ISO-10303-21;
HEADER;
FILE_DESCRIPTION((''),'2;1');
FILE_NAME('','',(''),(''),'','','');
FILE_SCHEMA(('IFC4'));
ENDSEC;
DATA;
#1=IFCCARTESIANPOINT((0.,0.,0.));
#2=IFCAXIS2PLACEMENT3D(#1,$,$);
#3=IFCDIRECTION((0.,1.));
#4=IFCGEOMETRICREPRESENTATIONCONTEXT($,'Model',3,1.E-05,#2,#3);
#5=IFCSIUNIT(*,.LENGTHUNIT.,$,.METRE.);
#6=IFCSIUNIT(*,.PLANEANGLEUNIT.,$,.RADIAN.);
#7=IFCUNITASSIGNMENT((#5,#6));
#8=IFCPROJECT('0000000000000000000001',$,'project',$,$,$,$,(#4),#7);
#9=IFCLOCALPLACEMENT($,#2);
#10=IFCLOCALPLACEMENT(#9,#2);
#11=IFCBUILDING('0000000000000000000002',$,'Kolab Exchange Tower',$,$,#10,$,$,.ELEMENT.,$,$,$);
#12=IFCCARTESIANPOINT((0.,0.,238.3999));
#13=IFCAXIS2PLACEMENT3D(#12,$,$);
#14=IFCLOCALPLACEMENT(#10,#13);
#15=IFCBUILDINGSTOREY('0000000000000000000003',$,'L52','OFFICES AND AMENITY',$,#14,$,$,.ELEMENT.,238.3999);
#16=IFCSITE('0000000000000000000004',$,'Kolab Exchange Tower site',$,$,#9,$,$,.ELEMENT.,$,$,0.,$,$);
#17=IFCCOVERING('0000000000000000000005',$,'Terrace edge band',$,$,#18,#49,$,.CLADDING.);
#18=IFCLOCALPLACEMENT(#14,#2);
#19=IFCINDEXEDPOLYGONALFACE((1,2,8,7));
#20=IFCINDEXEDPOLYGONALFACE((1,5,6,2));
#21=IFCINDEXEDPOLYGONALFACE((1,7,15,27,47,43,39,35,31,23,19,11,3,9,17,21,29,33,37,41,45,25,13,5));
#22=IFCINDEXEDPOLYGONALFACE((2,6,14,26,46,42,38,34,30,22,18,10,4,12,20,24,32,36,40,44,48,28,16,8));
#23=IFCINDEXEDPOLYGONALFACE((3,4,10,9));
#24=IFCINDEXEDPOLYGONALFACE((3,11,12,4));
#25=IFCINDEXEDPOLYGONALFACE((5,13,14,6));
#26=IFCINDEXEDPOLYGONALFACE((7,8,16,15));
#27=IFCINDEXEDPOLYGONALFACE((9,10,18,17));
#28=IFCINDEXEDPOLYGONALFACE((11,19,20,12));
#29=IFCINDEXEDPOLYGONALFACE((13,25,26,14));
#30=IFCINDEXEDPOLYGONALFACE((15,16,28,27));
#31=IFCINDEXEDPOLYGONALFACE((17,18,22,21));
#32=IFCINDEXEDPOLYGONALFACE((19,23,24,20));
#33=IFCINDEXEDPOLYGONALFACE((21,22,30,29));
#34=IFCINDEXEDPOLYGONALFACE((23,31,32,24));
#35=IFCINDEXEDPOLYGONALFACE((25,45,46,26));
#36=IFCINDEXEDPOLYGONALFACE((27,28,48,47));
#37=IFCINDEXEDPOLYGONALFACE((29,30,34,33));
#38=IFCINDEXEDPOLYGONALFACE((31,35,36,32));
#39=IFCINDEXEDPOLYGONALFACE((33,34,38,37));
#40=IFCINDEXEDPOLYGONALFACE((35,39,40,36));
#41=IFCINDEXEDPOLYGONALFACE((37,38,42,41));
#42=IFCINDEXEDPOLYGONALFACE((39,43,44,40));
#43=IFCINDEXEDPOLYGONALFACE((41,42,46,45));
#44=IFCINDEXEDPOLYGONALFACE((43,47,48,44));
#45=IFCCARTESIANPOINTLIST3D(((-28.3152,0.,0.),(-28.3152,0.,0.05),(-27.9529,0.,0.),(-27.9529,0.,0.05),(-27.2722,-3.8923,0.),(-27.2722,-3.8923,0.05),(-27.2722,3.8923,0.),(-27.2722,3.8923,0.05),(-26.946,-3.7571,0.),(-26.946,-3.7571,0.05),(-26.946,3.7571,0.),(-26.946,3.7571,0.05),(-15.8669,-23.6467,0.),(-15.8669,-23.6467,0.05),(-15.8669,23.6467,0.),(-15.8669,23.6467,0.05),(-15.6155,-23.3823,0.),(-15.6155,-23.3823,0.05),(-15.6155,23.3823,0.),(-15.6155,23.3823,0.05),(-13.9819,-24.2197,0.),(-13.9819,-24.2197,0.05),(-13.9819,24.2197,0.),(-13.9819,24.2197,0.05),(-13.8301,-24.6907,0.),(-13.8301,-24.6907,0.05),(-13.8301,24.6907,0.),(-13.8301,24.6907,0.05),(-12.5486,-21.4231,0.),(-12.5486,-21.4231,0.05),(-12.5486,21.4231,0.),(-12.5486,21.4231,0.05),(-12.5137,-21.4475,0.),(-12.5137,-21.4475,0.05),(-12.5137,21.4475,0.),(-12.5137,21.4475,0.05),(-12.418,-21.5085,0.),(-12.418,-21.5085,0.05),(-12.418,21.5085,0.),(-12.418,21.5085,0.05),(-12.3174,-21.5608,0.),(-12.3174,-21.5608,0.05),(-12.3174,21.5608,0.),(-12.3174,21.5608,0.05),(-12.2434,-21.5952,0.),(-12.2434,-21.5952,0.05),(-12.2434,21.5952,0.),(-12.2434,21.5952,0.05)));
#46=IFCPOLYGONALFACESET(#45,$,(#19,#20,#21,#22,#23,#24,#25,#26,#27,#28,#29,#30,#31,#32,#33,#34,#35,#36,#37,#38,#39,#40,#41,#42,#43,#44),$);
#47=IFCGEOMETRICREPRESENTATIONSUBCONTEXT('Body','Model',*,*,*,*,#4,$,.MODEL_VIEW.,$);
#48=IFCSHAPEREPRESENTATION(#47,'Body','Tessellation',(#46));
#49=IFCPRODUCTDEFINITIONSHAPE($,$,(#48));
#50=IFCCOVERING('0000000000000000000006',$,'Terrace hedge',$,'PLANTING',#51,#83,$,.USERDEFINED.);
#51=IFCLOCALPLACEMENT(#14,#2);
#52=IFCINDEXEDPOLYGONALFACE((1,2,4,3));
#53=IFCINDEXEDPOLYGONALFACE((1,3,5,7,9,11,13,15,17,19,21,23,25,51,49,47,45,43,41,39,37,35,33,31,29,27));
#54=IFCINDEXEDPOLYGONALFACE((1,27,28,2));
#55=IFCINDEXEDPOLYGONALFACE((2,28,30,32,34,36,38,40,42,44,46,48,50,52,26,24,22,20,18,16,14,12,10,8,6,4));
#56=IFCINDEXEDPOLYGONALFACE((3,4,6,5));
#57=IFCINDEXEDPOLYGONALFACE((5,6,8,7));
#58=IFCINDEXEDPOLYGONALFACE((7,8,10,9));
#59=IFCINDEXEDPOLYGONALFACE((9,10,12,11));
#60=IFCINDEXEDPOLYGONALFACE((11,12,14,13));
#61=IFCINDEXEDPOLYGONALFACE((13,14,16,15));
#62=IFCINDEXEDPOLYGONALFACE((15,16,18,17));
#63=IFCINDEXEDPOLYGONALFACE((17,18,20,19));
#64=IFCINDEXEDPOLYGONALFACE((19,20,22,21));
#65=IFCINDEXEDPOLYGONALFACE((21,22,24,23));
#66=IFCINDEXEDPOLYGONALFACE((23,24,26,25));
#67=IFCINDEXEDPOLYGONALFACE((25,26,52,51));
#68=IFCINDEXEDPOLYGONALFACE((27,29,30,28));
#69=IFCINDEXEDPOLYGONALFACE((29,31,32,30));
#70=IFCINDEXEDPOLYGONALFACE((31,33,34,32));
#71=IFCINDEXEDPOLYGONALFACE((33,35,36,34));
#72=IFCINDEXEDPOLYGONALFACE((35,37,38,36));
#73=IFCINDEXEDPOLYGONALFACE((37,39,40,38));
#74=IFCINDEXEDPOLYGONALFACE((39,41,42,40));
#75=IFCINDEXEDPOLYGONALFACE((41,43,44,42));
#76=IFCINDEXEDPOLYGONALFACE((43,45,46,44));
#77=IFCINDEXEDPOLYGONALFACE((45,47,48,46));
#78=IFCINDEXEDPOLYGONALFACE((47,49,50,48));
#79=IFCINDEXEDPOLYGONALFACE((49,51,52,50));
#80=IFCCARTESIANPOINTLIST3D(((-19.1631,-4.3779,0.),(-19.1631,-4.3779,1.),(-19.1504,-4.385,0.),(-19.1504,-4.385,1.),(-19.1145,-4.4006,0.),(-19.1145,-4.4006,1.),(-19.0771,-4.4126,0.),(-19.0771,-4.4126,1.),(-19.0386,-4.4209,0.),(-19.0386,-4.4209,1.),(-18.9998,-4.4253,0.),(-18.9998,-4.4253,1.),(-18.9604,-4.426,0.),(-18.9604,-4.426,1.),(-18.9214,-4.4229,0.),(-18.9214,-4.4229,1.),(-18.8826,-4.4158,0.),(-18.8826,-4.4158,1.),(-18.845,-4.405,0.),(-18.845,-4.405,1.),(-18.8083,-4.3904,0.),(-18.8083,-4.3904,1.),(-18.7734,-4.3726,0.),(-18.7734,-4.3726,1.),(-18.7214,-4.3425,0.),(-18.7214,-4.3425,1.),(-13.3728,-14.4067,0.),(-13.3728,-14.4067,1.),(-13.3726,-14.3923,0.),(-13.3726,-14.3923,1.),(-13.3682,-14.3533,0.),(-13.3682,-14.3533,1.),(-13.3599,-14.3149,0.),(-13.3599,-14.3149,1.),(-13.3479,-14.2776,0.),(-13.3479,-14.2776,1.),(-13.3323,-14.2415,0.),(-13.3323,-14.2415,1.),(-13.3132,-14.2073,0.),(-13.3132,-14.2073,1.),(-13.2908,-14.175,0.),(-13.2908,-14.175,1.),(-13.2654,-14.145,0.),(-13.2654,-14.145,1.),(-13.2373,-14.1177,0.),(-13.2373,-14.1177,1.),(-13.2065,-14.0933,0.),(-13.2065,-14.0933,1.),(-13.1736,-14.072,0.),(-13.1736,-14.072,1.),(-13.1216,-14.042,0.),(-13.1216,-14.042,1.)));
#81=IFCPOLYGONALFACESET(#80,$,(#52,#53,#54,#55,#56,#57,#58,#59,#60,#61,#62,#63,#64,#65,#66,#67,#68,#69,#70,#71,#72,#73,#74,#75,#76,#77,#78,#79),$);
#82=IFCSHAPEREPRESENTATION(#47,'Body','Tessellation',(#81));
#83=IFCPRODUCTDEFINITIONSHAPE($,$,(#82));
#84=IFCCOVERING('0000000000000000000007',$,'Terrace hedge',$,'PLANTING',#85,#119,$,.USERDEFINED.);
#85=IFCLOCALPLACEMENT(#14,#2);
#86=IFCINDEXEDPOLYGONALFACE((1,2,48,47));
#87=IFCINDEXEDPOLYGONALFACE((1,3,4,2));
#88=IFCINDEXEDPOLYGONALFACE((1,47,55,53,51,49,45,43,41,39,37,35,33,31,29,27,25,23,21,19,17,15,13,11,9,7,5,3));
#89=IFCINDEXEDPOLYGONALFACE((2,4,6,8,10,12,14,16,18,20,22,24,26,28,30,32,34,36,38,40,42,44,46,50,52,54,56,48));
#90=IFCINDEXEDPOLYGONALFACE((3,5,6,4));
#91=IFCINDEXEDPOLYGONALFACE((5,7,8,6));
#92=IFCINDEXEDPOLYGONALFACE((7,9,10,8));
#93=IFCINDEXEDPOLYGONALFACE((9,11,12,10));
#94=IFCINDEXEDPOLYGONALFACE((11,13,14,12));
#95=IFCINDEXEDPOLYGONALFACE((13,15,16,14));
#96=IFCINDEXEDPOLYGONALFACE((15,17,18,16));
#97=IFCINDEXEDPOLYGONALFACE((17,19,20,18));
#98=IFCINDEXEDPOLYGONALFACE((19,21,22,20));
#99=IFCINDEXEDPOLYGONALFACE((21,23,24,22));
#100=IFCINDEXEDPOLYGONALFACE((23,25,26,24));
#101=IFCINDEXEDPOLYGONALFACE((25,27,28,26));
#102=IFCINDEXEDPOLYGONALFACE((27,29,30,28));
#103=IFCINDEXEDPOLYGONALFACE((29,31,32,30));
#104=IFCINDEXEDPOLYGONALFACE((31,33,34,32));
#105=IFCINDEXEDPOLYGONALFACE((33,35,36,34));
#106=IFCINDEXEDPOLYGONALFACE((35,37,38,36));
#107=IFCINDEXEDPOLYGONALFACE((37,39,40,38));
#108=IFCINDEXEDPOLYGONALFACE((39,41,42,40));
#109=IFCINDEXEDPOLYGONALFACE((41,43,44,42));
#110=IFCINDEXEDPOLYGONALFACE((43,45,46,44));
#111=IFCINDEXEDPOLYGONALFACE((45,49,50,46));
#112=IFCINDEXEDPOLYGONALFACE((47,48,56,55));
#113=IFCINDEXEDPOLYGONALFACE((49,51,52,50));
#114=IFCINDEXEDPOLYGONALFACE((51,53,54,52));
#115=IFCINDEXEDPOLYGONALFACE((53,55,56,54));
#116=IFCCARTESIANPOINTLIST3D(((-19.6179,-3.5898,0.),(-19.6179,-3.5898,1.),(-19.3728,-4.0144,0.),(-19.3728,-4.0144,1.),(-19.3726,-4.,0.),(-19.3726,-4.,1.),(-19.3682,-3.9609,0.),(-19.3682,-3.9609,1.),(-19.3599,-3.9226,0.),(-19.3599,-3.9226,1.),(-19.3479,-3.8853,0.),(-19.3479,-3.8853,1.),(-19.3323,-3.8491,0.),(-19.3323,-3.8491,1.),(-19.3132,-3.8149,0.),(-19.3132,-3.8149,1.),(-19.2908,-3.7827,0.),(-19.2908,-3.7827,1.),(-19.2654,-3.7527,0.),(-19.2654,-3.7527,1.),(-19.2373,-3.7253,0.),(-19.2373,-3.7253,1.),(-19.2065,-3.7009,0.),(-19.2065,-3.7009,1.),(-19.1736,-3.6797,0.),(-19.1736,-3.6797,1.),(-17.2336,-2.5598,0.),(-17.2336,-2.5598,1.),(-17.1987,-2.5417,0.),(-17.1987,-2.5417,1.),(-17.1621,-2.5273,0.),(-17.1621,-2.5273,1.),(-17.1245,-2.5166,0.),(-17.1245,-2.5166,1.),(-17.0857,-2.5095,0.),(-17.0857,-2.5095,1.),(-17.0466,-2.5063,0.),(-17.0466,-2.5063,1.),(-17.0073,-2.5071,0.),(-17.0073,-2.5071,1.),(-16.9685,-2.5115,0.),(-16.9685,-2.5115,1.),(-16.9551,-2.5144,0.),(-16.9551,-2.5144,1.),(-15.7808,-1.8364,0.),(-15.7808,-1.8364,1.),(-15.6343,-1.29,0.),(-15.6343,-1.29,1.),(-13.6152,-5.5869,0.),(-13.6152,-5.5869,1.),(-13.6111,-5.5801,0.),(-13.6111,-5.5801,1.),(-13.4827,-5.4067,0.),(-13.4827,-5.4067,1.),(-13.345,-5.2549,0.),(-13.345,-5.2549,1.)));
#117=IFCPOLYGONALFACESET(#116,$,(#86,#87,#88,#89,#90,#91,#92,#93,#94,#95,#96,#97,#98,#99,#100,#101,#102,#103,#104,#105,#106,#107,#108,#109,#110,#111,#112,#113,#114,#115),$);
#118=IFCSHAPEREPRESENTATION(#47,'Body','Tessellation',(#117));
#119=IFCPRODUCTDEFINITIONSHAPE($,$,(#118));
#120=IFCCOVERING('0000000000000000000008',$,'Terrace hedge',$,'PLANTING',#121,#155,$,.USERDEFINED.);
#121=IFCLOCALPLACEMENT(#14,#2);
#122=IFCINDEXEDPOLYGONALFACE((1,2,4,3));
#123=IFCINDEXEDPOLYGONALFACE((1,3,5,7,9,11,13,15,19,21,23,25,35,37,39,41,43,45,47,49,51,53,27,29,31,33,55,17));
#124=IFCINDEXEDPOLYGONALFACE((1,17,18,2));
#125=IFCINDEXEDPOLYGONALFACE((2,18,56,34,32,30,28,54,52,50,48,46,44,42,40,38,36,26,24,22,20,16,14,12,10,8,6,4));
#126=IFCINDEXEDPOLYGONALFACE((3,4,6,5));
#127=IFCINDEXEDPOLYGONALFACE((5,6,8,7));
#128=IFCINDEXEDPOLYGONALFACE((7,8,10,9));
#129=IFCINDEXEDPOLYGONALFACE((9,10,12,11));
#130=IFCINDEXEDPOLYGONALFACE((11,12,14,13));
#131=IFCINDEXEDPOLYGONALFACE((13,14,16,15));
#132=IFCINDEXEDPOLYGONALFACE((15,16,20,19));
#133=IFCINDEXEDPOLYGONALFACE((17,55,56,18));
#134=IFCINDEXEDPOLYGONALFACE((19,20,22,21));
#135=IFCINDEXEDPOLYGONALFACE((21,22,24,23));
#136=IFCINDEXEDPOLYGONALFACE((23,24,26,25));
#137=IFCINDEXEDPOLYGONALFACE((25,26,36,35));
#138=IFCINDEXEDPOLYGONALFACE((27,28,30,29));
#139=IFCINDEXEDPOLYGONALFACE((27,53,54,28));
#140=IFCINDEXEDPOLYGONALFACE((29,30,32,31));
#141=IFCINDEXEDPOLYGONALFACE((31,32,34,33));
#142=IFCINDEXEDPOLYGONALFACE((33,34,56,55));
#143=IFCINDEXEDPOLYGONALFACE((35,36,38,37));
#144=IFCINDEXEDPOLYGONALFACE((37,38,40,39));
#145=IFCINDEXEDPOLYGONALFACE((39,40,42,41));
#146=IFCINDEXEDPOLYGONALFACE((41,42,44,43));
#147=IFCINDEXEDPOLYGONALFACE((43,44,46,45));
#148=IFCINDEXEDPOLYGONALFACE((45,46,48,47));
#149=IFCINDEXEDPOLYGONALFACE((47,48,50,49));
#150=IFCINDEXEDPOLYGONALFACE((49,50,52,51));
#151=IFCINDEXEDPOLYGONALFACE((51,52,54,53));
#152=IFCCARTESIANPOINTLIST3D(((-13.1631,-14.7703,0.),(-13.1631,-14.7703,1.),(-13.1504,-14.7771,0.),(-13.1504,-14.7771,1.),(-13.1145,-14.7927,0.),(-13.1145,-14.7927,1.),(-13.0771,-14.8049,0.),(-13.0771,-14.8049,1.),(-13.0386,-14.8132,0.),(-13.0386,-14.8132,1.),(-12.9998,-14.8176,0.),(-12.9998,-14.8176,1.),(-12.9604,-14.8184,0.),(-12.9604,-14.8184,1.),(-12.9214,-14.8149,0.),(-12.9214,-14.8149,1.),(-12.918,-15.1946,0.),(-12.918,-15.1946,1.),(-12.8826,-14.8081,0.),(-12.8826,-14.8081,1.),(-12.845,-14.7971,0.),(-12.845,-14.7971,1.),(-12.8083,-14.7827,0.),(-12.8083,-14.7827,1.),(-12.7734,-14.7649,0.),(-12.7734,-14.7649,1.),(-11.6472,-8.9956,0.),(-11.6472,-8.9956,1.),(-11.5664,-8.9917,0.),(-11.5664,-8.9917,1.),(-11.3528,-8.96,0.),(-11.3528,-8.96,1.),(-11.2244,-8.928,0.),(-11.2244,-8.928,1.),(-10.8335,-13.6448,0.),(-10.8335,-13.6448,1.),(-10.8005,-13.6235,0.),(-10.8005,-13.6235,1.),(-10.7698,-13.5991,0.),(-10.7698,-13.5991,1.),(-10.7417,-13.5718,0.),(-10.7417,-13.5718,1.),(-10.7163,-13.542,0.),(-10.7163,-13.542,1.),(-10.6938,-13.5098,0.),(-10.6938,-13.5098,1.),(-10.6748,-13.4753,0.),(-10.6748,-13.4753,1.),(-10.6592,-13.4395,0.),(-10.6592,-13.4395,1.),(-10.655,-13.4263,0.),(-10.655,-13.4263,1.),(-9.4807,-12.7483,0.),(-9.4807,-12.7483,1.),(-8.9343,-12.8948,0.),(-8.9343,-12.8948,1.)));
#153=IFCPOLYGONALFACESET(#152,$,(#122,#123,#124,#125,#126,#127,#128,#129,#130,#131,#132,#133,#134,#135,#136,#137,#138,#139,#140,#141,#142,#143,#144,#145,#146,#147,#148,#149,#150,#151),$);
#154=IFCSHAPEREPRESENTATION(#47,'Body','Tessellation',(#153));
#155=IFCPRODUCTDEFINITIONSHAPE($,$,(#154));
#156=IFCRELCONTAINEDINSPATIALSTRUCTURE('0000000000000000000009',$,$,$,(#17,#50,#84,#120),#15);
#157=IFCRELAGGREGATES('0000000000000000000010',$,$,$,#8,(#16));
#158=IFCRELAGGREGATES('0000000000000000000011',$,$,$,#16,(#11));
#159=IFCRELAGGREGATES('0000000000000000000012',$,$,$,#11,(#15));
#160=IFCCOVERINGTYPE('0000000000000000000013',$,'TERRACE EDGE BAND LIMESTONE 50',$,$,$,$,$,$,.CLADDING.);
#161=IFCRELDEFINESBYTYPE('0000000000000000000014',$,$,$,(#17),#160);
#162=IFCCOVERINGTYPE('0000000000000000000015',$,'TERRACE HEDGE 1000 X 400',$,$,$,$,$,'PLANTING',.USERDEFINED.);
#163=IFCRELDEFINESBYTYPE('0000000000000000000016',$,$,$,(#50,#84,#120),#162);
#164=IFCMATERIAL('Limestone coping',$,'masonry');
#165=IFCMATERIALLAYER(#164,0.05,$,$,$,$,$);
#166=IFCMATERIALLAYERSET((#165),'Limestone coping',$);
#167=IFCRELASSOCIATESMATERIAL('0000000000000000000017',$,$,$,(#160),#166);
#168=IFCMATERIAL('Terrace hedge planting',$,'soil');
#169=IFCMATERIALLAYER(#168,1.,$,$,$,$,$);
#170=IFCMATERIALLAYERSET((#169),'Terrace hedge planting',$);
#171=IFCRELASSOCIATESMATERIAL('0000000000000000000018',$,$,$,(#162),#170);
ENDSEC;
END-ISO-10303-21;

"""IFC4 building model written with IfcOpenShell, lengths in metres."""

from ifc_helpers import new_model, si_unit, direction, frame, origin, place, context, subcontext, project, spatial, polyline, outline, extrude, material, layer, layer_set, type_object, element, save


model = new_model("IFC4")

# Units and contexts
model_context = context("Model", 3, precision=1e-05, world=origin(), true_north=direction((0.0, 1.0)))
body_context = subcontext(model_context, "Body", "Model", "MODEL_VIEW")
ifc_project = project(units=[si_unit("LENGTHUNIT", "METRE"), si_unit("PLANEANGLEUNIT", "RADIAN")], contexts=[model_context])

# Site, building, storey
site_placement = place(None, origin())
site = spatial("IfcSite", under=ifc_project, at=site_placement, Name="Kolab Exchange Tower site", CompositionType="ELEMENT", RefElevation=0.0)
building_placement = place(site_placement, origin())
building = spatial("IfcBuilding", under=site, at=building_placement, Name="Kolab Exchange Tower", CompositionType="ELEMENT")
storey_placement = place(building_placement, frame((0.0, 0.0, 238.3999)))
storey = spatial("IfcBuildingStorey", under=building, at=storey_placement, Name="L52", Description="OFFICES AND AMENITY", CompositionType="ELEMENT", Elevation=238.3999)

# Coverings
ifc_material_1 = material(Name="Limestone coping", Category="masonry")
ifc_layer_1 = layer(ifc_material_1, 0.05)
ifc_layer_set_1 = layer_set([ifc_layer_1], Name="Limestone coping")
covering_type_1 = type_object("IfcCoveringType", Name="TERRACE EDGE BAND LIMESTONE 50", PredefinedType="CLADDING", material=ifc_layer_set_1)
covering_1_placement = place(storey_placement, origin())
element("IfcCovering", 1, at=covering_1_placement, inside=storey, type_object=covering_type_1, Name="Terrace edge band", PredefinedType="CLADDING", context=body_context, shape_type="SweptSolid", body=[
    extrude(outline(polyline([(-15.8669, -23.6467), (-27.2722, -3.8923), (-28.3152, 0.0), (-27.2722, 3.8923), (-15.8669, 23.6467), (-13.8301, 24.6907), (-12.2434, 21.5952), (-12.3174, 21.5608), (-12.418, 21.5085), (-12.5137, 21.4475), (-12.5486, 21.4231), (-13.9819, 24.2197), (-15.6155, 23.3823), (-26.946, 3.7571), (-27.9529, 0.0), (-26.946, -3.7571), (-15.6155, -23.3823), (-13.9819, -24.2197), (-12.5486, -21.4231), (-12.5137, -21.4475), (-12.418, -21.5085), (-12.3174, -21.5608), (-12.2434, -21.5952), (-13.8301, -24.6907), (-15.8669, -23.6467)])), origin(), (0.0, 0.0, 1.0), 0.05),
])
ifc_material_2 = material(Name="Terrace hedge planting", Category="soil")
ifc_layer_2 = layer(ifc_material_2, 1.0)
ifc_layer_set_2 = layer_set([ifc_layer_2], Name="Terrace hedge planting")
covering_type_2 = type_object("IfcCoveringType", Name="TERRACE HEDGE 1000 X 400", ElementType="PLANTING", PredefinedType="USERDEFINED", material=ifc_layer_set_2)
covering_2_placement = place(storey_placement, origin())
element("IfcCovering", 2, at=covering_2_placement, inside=storey, type_object=covering_type_2, Name="Terrace hedge", ObjectType="PLANTING", PredefinedType="USERDEFINED", context=body_context, shape_type="SweptSolid", body=[
    extrude(outline(polyline([(-19.1631, -4.3779), (-19.1504, -4.385), (-19.1145, -4.4006), (-19.0771, -4.4126), (-19.0386, -4.4209), (-18.9998, -4.4253), (-18.9604, -4.426), (-18.9214, -4.4229), (-18.8826, -4.4158), (-18.845, -4.405), (-18.8083, -4.3904), (-18.7734, -4.3726), (-18.7214, -4.3425), (-13.1216, -14.042), (-13.1736, -14.072), (-13.2065, -14.0933), (-13.2373, -14.1177), (-13.2654, -14.145), (-13.2908, -14.175), (-13.3132, -14.2073), (-13.3323, -14.2415), (-13.3479, -14.2776), (-13.3599, -14.3149), (-13.3682, -14.3533), (-13.3726, -14.3923), (-13.3728, -14.4067), (-19.1631, -4.3779)])), origin(), (0.0, 0.0, 1.0), 1.0),
])
covering_3_placement = place(storey_placement, origin())
element("IfcCovering", 3, at=covering_3_placement, inside=storey, type_object=covering_type_2, Name="Terrace hedge", ObjectType="PLANTING", PredefinedType="USERDEFINED", context=body_context, shape_type="SweptSolid", body=[
    extrude(outline(polyline([(-19.6179, -3.5898), (-15.6343, -1.29), (-13.345, -5.2549), (-13.4827, -5.4067), (-13.6111, -5.5801), (-13.6152, -5.5869), (-15.7808, -1.8364), (-16.9551, -2.5144), (-16.9685, -2.5115), (-17.0073, -2.5071), (-17.0466, -2.5063), (-17.0857, -2.5095), (-17.1245, -2.5166), (-17.1621, -2.5273), (-17.1987, -2.5417), (-17.2336, -2.5598), (-19.1736, -3.6797), (-19.2065, -3.7009), (-19.2373, -3.7253), (-19.2654, -3.7527), (-19.2908, -3.7827), (-19.3132, -3.8149), (-19.3323, -3.8491), (-19.3479, -3.8853), (-19.3599, -3.9226), (-19.3682, -3.9609), (-19.3726, -4.0), (-19.3728, -4.0144), (-19.6179, -3.5898)])), origin(), (0.0, 0.0, 1.0), 1.0),
])
covering_4_placement = place(storey_placement, origin())
element("IfcCovering", 4, at=covering_4_placement, inside=storey, type_object=covering_type_2, Name="Terrace hedge", ObjectType="PLANTING", PredefinedType="USERDEFINED", context=body_context, shape_type="SweptSolid", body=[
    extrude(outline(polyline([(-13.1631, -14.7703), (-13.1504, -14.7771), (-13.1145, -14.7927), (-13.0771, -14.8049), (-13.0386, -14.8132), (-12.9998, -14.8176), (-12.9604, -14.8184), (-12.9214, -14.8149), (-12.8826, -14.8081), (-12.845, -14.7971), (-12.8083, -14.7827), (-12.7734, -14.7649), (-10.8335, -13.6448), (-10.8005, -13.6235), (-10.7698, -13.5991), (-10.7417, -13.5718), (-10.7163, -13.542), (-10.6938, -13.5098), (-10.6748, -13.4753), (-10.6592, -13.4395), (-10.655, -13.4263), (-9.4807, -12.7483), (-11.6472, -8.9956), (-11.5664, -8.9917), (-11.3528, -8.96), (-11.2244, -8.928), (-8.9343, -12.8948), (-12.918, -15.1946), (-13.1631, -14.7703)])), origin(), (0.0, 0.0, 1.0), 1.0),
])

save(model, "model.ifc")
